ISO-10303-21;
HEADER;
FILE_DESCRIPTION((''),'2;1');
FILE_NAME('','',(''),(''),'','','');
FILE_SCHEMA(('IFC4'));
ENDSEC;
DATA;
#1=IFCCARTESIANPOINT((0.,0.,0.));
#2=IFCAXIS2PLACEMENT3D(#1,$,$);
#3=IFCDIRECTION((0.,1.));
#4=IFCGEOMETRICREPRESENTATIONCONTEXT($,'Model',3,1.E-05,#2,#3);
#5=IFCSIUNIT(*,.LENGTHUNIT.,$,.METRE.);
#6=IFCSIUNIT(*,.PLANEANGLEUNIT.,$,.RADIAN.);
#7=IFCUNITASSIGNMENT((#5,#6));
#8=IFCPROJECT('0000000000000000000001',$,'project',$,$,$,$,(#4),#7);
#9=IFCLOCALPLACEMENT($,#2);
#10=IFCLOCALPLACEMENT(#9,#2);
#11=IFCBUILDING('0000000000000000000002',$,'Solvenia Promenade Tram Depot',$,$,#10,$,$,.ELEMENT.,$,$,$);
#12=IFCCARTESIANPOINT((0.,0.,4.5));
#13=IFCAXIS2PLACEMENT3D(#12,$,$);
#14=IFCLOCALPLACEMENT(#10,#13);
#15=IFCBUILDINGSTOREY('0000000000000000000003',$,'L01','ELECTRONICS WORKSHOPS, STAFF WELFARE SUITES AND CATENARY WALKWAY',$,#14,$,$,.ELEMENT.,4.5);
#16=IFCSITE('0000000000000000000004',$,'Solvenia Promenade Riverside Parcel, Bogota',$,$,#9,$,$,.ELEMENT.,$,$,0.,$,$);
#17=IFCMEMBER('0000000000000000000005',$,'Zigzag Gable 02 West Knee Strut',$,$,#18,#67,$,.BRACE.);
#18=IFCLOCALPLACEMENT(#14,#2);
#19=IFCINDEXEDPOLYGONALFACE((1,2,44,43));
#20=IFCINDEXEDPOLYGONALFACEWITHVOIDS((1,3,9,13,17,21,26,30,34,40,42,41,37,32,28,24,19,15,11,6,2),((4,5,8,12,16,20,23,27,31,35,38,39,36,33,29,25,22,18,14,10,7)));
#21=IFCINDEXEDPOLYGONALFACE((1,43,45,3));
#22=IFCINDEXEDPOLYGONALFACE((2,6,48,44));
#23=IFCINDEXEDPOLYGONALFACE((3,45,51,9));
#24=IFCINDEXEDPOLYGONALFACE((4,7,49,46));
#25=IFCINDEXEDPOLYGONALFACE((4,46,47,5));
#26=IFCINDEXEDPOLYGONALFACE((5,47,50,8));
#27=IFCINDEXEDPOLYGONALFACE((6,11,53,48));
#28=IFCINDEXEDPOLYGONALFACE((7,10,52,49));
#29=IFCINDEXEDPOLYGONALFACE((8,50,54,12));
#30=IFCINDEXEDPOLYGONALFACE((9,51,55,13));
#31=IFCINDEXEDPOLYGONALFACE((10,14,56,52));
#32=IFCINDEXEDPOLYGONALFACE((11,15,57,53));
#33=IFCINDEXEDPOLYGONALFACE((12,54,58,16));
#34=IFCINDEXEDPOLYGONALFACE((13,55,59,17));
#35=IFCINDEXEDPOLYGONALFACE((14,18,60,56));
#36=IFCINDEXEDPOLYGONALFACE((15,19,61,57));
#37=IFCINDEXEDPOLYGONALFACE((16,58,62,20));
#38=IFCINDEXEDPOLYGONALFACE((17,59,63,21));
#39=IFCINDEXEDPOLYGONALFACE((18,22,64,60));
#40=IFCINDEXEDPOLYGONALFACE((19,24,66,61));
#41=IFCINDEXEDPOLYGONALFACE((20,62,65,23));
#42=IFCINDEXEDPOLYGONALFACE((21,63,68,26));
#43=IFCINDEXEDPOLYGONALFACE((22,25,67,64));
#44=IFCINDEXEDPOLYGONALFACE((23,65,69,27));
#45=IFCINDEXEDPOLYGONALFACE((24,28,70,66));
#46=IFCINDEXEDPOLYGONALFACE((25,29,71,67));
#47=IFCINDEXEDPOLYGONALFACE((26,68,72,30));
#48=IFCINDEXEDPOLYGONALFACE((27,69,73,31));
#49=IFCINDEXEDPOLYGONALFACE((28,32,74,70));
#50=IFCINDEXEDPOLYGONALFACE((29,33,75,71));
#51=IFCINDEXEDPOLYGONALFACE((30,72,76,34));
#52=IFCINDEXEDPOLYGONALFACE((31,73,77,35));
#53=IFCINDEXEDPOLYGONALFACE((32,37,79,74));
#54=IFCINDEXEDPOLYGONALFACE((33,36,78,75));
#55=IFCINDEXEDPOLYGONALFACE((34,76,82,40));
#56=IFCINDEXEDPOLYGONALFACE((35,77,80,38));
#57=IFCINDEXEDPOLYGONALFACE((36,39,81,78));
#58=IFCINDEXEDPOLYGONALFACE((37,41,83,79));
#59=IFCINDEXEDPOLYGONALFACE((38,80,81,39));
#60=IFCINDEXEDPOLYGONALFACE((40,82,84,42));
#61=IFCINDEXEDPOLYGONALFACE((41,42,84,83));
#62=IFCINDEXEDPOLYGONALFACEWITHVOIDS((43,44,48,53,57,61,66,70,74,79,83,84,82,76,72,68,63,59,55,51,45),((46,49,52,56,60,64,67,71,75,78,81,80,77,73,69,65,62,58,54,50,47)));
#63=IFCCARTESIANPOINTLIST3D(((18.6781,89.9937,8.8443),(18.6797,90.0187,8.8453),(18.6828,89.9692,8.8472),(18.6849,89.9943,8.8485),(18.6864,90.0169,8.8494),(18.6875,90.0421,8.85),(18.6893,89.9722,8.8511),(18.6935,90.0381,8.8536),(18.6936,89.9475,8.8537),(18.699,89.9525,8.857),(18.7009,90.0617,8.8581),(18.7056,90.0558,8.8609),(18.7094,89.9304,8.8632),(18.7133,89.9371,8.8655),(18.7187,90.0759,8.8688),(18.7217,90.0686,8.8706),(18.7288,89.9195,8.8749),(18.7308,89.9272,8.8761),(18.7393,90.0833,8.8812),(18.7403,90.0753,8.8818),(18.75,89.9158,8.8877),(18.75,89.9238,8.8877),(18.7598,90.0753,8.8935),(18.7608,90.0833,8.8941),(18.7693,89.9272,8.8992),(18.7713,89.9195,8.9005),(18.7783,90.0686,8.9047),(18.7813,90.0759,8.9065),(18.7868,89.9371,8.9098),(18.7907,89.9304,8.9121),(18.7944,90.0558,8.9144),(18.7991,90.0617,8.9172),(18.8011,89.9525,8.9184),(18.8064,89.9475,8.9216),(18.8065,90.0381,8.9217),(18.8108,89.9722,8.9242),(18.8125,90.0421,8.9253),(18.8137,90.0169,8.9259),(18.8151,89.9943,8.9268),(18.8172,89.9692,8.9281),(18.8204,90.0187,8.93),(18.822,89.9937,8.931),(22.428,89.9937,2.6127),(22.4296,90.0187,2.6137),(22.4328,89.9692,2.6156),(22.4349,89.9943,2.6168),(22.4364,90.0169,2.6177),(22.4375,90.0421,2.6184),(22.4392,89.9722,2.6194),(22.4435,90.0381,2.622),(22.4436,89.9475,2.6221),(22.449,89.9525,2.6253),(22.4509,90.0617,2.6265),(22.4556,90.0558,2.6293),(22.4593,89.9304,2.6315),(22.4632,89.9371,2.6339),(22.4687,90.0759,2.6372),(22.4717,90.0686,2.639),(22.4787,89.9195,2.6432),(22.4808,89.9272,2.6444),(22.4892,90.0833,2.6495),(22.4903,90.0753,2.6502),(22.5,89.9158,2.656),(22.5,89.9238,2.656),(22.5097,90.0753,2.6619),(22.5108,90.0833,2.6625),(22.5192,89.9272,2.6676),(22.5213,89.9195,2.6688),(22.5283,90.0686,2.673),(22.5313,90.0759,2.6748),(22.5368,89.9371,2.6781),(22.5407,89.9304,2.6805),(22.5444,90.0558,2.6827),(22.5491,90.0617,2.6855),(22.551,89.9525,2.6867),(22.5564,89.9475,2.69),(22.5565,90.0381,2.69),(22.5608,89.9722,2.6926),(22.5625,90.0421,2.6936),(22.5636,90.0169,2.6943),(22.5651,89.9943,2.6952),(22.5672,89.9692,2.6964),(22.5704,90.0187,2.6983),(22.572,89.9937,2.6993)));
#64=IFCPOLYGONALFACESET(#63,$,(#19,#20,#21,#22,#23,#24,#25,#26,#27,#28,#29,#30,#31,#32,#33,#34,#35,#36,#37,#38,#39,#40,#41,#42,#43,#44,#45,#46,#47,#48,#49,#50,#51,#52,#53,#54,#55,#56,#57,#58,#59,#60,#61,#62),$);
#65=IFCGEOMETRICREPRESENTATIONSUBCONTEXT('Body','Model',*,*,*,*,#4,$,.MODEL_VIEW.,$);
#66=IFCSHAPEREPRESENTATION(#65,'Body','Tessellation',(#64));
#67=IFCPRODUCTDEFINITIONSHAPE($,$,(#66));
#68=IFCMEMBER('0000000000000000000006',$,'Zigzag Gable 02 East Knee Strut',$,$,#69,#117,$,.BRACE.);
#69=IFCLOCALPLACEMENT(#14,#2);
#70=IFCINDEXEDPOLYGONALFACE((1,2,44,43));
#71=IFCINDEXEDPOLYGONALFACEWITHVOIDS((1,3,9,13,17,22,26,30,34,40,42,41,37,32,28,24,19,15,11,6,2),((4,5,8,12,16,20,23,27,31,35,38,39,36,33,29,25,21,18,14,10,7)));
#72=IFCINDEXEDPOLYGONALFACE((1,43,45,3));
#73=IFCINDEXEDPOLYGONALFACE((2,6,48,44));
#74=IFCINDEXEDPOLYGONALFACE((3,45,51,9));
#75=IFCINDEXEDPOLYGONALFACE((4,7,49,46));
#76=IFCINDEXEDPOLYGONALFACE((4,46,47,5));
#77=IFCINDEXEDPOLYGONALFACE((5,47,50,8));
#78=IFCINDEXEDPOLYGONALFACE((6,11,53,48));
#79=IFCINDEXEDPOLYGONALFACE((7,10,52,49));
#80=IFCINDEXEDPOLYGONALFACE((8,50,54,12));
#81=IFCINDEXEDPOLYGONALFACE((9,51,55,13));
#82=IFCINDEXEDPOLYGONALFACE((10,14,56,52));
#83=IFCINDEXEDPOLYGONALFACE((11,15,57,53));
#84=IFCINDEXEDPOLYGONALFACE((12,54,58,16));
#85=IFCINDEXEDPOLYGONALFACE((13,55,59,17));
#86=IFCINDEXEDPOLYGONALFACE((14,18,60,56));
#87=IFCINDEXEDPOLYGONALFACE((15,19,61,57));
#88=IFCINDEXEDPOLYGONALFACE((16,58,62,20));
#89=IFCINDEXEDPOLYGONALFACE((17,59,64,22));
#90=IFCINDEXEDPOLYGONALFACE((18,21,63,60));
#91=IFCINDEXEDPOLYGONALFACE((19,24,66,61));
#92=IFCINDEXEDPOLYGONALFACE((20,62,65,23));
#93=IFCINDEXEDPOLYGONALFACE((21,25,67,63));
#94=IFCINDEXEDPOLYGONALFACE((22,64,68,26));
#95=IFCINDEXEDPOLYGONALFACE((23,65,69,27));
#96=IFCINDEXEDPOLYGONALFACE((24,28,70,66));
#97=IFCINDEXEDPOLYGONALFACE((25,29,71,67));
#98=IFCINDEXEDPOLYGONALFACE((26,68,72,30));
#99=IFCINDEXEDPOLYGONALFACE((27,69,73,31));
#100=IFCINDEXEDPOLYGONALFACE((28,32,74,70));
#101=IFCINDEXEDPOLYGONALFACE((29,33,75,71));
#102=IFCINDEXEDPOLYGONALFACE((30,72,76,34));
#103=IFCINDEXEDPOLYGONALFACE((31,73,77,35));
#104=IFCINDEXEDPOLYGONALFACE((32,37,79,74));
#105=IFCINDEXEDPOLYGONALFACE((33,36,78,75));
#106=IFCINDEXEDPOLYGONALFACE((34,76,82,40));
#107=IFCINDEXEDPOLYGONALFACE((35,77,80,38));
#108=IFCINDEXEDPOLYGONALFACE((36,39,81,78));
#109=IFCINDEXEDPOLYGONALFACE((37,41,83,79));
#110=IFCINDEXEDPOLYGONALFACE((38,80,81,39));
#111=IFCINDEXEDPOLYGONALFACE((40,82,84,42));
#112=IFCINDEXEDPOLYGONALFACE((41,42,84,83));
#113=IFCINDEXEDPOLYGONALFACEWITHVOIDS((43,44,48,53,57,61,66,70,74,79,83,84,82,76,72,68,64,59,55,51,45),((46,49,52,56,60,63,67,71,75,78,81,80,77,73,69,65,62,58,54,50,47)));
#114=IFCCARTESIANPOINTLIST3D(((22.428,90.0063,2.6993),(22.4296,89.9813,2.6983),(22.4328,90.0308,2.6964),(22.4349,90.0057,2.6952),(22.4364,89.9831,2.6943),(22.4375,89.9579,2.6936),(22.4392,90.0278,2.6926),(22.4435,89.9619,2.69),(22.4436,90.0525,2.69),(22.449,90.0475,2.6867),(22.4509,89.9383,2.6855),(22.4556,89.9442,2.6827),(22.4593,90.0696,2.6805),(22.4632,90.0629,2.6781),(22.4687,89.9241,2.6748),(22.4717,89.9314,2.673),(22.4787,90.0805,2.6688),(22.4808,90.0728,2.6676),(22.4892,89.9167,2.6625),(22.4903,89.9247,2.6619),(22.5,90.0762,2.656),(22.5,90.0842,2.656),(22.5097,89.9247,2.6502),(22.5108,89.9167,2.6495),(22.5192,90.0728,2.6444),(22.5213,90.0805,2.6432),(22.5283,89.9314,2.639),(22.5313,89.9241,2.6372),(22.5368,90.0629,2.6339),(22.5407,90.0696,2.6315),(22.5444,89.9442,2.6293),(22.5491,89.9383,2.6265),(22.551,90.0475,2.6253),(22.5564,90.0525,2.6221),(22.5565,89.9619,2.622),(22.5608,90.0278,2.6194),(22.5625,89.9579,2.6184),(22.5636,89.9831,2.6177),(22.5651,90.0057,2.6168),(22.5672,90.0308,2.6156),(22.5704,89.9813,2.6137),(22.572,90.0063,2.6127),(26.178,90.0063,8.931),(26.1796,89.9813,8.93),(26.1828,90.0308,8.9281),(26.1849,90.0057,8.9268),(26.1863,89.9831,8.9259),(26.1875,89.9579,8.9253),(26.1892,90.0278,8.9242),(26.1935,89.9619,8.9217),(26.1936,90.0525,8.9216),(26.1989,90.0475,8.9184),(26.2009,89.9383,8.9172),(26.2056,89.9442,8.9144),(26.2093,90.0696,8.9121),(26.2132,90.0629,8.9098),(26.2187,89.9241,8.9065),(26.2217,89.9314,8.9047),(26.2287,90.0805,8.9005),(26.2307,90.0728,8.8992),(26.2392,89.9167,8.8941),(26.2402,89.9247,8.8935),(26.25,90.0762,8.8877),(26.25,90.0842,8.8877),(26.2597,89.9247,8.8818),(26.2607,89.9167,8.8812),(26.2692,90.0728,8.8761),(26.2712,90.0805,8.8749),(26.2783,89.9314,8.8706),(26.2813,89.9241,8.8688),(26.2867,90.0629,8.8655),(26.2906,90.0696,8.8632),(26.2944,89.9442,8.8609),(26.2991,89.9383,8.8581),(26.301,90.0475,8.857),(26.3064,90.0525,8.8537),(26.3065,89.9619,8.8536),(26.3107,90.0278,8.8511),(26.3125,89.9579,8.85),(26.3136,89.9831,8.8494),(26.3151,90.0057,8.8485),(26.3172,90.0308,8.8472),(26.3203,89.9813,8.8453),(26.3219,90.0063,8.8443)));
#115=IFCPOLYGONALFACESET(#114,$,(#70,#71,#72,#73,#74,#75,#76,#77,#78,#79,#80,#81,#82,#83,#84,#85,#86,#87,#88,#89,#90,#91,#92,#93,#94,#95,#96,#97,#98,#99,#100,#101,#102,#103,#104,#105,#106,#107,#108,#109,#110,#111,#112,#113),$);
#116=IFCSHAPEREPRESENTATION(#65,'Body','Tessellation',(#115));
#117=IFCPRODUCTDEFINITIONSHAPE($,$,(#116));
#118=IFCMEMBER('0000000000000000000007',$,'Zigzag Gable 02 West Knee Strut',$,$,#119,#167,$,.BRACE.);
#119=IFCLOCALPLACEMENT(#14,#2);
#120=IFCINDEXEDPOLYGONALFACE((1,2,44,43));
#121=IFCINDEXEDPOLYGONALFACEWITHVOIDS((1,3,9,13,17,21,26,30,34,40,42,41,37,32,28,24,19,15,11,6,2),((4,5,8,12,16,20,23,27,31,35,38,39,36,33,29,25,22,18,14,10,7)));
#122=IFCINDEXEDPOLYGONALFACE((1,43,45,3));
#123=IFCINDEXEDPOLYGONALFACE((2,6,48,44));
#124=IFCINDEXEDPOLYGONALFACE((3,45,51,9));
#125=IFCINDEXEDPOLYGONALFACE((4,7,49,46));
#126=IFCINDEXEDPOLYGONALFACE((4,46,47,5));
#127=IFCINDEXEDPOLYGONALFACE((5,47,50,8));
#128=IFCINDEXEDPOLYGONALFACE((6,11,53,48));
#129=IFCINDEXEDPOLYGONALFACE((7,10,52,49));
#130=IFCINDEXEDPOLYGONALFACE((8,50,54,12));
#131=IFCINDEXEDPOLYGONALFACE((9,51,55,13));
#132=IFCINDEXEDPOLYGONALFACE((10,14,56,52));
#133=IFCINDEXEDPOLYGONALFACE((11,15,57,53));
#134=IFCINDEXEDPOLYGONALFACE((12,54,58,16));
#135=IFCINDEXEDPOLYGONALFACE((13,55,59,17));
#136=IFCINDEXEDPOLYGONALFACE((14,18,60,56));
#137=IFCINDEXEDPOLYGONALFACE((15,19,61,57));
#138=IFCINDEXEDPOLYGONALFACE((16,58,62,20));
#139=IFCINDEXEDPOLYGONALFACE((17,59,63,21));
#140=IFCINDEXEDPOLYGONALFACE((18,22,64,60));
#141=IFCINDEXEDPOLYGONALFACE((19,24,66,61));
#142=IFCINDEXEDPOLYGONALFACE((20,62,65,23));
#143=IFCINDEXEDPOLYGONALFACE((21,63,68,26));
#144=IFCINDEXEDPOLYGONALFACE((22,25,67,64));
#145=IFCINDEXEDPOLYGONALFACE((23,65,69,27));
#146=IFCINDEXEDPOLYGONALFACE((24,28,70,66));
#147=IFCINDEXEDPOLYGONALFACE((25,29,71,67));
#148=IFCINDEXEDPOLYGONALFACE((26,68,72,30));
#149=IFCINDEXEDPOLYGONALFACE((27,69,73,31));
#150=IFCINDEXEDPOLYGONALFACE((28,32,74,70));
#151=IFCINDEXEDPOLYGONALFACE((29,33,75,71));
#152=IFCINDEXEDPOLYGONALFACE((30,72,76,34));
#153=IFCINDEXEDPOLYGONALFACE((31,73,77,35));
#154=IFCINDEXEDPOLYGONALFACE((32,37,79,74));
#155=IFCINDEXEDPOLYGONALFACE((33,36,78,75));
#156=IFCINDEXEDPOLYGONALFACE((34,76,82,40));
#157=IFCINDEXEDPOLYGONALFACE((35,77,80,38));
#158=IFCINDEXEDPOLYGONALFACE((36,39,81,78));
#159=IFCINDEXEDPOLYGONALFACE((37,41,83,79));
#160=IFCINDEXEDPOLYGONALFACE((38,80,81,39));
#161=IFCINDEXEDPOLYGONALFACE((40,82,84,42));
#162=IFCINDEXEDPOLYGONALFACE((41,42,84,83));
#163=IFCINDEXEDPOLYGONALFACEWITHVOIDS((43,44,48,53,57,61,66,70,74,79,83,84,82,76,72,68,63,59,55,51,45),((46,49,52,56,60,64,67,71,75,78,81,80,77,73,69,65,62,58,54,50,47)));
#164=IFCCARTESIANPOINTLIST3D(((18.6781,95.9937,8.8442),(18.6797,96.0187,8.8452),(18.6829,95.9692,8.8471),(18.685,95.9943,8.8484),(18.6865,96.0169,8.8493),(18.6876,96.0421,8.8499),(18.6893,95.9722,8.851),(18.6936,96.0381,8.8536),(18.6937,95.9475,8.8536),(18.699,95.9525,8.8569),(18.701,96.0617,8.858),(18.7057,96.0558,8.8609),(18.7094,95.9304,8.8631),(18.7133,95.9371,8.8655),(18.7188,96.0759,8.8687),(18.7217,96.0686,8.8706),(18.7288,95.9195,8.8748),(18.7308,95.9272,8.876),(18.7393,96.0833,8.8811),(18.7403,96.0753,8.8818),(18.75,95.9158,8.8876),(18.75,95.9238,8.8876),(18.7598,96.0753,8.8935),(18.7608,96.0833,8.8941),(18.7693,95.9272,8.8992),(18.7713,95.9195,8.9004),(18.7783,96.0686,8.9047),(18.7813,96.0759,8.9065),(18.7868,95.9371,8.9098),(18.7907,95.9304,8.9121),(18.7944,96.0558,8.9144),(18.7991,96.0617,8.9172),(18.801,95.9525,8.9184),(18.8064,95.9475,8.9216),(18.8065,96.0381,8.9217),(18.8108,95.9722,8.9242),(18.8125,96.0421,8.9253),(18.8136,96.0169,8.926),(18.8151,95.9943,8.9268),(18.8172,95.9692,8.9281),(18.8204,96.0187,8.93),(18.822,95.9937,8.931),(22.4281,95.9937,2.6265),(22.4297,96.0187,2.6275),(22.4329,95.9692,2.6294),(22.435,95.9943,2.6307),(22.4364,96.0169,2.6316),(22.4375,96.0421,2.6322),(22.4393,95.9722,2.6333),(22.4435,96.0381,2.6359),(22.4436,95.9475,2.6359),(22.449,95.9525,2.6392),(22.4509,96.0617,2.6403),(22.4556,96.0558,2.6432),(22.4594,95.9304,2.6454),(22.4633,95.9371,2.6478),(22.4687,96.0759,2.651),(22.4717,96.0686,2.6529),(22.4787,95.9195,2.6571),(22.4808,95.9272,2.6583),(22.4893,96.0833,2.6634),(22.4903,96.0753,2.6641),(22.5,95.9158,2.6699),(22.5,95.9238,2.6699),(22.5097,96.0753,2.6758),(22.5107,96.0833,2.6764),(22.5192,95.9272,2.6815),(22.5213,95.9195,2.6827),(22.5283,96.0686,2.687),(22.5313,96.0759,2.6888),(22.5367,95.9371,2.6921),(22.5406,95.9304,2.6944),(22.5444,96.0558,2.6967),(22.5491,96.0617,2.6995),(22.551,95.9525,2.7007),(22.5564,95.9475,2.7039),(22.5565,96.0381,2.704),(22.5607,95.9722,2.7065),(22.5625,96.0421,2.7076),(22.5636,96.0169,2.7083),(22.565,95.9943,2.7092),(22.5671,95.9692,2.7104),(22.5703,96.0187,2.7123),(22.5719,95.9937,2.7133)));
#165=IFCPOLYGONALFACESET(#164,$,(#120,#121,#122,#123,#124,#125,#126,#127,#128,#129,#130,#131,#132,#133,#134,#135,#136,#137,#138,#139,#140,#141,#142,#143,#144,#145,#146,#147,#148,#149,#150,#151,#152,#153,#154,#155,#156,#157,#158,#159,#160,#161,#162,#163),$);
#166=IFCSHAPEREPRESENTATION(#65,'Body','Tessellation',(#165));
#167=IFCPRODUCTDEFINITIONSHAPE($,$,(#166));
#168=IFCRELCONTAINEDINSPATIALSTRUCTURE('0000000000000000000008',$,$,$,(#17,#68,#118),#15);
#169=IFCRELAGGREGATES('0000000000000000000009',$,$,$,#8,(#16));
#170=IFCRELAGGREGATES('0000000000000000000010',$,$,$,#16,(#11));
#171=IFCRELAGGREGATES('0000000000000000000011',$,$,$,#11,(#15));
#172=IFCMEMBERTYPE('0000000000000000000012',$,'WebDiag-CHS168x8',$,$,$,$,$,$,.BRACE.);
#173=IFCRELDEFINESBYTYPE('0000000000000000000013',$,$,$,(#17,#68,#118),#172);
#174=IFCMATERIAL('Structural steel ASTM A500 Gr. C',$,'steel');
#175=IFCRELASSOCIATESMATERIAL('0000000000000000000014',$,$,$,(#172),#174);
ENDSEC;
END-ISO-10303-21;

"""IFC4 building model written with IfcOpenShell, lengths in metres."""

from ifc_helpers import new_model, si_unit, direction, frame, origin, origin_2d, place, context, subcontext, project, spatial, hollow_circle, extrude, material, material_profile, profile_set, type_object, element, save


model = new_model("IFC4")

# Units and contexts
model_context = context("Model", 3, precision=1e-05, world=origin(), true_north=direction((0.0, 1.0)))
body_context = subcontext(model_context, "Body", "Model", "MODEL_VIEW")
ifc_project = project(units=[si_unit("LENGTHUNIT", "METRE"), si_unit("PLANEANGLEUNIT", "RADIAN")], contexts=[model_context])

# Site, building, storey
site_placement = place(None, origin())
site = spatial("IfcSite", under=ifc_project, at=site_placement, Name="Solvenia Promenade Riverside Parcel, Bogota", CompositionType="ELEMENT", RefElevation=0.0)
building_placement = place(site_placement, origin())
building = spatial("IfcBuilding", under=site, at=building_placement, Name="Solvenia Promenade Tram Depot", CompositionType="ELEMENT")
storey_placement = place(building_placement, frame((0.0, 0.0, 4.5)))
storey = spatial("IfcBuildingStorey", under=building, at=storey_placement, Name="L01", Description="ELECTRONICS WORKSHOPS, STAFF WELFARE SUITES AND CATENARY WALKWAY", CompositionType="ELEMENT", Elevation=4.5)

# Shared definitions
ifc_material_1 = material(Name="Structural steel ASTM A500 Gr. C", Category="steel")

# Members
ifc_material_profile_1 = material_profile(ifc_material_1, hollow_circle(Radius=0.0842, WallThickness=0.0081, at=origin_2d()), Name="CHS168.3x8", Category="steel")
ifc_profile_set_1 = profile_set([ifc_material_profile_1], Name="Structural steel ASTM A500 Gr. C")
member_type_1 = type_object("IfcMemberType", Name="WebDiag-CHS168x8", PredefinedType="BRACE", material=ifc_profile_set_1)
for number, where, z_axis, x_axis, name in (
    (1, (22.5, 90.0, 2.656), (-0.515606, 0.0, 0.856826), (0.0, -1.0, 0.0), "Zigzag Gable 02 West Knee Strut"),
    (2, (22.5, 90.0, 2.656), (0.515606, 0.0, 0.856826), (0.0, 1.0, 0.0), "Zigzag Gable 02 East Knee Strut"),
):
    element("IfcMember", number, at=place(storey_placement, frame(where, z_axis=z_axis, x_axis=x_axis)), inside=storey, type_object=member_type_1, Name=name, PredefinedType="BRACE", context=body_context, shape_type="SweptSolid", body=[
        extrude(hollow_circle(Radius=0.0842, WallThickness=0.0081, at=origin_2d()), origin(), (0.0, 0.0, 1.0), 7.2729),
    ])
for number, where, z_axis, x_axis, name in (
    (3, (22.5, 96.0, 2.6699), (-0.516452, 0.0, 0.856316), (0.0, -1.0, 0.0), "Zigzag Gable 02 West Knee Strut"),
):
    element("IfcMember", number, at=place(storey_placement, frame(where, z_axis=z_axis, x_axis=x_axis)), inside=storey, type_object=member_type_1, Name=name, PredefinedType="BRACE", context=body_context, shape_type="SweptSolid", body=[
        extrude(hollow_circle(Radius=0.0842, WallThickness=0.0081, at=origin_2d()), origin(), (0.0, 0.0, 1.0), 7.261),
    ])

save(model, "model.ifc")
